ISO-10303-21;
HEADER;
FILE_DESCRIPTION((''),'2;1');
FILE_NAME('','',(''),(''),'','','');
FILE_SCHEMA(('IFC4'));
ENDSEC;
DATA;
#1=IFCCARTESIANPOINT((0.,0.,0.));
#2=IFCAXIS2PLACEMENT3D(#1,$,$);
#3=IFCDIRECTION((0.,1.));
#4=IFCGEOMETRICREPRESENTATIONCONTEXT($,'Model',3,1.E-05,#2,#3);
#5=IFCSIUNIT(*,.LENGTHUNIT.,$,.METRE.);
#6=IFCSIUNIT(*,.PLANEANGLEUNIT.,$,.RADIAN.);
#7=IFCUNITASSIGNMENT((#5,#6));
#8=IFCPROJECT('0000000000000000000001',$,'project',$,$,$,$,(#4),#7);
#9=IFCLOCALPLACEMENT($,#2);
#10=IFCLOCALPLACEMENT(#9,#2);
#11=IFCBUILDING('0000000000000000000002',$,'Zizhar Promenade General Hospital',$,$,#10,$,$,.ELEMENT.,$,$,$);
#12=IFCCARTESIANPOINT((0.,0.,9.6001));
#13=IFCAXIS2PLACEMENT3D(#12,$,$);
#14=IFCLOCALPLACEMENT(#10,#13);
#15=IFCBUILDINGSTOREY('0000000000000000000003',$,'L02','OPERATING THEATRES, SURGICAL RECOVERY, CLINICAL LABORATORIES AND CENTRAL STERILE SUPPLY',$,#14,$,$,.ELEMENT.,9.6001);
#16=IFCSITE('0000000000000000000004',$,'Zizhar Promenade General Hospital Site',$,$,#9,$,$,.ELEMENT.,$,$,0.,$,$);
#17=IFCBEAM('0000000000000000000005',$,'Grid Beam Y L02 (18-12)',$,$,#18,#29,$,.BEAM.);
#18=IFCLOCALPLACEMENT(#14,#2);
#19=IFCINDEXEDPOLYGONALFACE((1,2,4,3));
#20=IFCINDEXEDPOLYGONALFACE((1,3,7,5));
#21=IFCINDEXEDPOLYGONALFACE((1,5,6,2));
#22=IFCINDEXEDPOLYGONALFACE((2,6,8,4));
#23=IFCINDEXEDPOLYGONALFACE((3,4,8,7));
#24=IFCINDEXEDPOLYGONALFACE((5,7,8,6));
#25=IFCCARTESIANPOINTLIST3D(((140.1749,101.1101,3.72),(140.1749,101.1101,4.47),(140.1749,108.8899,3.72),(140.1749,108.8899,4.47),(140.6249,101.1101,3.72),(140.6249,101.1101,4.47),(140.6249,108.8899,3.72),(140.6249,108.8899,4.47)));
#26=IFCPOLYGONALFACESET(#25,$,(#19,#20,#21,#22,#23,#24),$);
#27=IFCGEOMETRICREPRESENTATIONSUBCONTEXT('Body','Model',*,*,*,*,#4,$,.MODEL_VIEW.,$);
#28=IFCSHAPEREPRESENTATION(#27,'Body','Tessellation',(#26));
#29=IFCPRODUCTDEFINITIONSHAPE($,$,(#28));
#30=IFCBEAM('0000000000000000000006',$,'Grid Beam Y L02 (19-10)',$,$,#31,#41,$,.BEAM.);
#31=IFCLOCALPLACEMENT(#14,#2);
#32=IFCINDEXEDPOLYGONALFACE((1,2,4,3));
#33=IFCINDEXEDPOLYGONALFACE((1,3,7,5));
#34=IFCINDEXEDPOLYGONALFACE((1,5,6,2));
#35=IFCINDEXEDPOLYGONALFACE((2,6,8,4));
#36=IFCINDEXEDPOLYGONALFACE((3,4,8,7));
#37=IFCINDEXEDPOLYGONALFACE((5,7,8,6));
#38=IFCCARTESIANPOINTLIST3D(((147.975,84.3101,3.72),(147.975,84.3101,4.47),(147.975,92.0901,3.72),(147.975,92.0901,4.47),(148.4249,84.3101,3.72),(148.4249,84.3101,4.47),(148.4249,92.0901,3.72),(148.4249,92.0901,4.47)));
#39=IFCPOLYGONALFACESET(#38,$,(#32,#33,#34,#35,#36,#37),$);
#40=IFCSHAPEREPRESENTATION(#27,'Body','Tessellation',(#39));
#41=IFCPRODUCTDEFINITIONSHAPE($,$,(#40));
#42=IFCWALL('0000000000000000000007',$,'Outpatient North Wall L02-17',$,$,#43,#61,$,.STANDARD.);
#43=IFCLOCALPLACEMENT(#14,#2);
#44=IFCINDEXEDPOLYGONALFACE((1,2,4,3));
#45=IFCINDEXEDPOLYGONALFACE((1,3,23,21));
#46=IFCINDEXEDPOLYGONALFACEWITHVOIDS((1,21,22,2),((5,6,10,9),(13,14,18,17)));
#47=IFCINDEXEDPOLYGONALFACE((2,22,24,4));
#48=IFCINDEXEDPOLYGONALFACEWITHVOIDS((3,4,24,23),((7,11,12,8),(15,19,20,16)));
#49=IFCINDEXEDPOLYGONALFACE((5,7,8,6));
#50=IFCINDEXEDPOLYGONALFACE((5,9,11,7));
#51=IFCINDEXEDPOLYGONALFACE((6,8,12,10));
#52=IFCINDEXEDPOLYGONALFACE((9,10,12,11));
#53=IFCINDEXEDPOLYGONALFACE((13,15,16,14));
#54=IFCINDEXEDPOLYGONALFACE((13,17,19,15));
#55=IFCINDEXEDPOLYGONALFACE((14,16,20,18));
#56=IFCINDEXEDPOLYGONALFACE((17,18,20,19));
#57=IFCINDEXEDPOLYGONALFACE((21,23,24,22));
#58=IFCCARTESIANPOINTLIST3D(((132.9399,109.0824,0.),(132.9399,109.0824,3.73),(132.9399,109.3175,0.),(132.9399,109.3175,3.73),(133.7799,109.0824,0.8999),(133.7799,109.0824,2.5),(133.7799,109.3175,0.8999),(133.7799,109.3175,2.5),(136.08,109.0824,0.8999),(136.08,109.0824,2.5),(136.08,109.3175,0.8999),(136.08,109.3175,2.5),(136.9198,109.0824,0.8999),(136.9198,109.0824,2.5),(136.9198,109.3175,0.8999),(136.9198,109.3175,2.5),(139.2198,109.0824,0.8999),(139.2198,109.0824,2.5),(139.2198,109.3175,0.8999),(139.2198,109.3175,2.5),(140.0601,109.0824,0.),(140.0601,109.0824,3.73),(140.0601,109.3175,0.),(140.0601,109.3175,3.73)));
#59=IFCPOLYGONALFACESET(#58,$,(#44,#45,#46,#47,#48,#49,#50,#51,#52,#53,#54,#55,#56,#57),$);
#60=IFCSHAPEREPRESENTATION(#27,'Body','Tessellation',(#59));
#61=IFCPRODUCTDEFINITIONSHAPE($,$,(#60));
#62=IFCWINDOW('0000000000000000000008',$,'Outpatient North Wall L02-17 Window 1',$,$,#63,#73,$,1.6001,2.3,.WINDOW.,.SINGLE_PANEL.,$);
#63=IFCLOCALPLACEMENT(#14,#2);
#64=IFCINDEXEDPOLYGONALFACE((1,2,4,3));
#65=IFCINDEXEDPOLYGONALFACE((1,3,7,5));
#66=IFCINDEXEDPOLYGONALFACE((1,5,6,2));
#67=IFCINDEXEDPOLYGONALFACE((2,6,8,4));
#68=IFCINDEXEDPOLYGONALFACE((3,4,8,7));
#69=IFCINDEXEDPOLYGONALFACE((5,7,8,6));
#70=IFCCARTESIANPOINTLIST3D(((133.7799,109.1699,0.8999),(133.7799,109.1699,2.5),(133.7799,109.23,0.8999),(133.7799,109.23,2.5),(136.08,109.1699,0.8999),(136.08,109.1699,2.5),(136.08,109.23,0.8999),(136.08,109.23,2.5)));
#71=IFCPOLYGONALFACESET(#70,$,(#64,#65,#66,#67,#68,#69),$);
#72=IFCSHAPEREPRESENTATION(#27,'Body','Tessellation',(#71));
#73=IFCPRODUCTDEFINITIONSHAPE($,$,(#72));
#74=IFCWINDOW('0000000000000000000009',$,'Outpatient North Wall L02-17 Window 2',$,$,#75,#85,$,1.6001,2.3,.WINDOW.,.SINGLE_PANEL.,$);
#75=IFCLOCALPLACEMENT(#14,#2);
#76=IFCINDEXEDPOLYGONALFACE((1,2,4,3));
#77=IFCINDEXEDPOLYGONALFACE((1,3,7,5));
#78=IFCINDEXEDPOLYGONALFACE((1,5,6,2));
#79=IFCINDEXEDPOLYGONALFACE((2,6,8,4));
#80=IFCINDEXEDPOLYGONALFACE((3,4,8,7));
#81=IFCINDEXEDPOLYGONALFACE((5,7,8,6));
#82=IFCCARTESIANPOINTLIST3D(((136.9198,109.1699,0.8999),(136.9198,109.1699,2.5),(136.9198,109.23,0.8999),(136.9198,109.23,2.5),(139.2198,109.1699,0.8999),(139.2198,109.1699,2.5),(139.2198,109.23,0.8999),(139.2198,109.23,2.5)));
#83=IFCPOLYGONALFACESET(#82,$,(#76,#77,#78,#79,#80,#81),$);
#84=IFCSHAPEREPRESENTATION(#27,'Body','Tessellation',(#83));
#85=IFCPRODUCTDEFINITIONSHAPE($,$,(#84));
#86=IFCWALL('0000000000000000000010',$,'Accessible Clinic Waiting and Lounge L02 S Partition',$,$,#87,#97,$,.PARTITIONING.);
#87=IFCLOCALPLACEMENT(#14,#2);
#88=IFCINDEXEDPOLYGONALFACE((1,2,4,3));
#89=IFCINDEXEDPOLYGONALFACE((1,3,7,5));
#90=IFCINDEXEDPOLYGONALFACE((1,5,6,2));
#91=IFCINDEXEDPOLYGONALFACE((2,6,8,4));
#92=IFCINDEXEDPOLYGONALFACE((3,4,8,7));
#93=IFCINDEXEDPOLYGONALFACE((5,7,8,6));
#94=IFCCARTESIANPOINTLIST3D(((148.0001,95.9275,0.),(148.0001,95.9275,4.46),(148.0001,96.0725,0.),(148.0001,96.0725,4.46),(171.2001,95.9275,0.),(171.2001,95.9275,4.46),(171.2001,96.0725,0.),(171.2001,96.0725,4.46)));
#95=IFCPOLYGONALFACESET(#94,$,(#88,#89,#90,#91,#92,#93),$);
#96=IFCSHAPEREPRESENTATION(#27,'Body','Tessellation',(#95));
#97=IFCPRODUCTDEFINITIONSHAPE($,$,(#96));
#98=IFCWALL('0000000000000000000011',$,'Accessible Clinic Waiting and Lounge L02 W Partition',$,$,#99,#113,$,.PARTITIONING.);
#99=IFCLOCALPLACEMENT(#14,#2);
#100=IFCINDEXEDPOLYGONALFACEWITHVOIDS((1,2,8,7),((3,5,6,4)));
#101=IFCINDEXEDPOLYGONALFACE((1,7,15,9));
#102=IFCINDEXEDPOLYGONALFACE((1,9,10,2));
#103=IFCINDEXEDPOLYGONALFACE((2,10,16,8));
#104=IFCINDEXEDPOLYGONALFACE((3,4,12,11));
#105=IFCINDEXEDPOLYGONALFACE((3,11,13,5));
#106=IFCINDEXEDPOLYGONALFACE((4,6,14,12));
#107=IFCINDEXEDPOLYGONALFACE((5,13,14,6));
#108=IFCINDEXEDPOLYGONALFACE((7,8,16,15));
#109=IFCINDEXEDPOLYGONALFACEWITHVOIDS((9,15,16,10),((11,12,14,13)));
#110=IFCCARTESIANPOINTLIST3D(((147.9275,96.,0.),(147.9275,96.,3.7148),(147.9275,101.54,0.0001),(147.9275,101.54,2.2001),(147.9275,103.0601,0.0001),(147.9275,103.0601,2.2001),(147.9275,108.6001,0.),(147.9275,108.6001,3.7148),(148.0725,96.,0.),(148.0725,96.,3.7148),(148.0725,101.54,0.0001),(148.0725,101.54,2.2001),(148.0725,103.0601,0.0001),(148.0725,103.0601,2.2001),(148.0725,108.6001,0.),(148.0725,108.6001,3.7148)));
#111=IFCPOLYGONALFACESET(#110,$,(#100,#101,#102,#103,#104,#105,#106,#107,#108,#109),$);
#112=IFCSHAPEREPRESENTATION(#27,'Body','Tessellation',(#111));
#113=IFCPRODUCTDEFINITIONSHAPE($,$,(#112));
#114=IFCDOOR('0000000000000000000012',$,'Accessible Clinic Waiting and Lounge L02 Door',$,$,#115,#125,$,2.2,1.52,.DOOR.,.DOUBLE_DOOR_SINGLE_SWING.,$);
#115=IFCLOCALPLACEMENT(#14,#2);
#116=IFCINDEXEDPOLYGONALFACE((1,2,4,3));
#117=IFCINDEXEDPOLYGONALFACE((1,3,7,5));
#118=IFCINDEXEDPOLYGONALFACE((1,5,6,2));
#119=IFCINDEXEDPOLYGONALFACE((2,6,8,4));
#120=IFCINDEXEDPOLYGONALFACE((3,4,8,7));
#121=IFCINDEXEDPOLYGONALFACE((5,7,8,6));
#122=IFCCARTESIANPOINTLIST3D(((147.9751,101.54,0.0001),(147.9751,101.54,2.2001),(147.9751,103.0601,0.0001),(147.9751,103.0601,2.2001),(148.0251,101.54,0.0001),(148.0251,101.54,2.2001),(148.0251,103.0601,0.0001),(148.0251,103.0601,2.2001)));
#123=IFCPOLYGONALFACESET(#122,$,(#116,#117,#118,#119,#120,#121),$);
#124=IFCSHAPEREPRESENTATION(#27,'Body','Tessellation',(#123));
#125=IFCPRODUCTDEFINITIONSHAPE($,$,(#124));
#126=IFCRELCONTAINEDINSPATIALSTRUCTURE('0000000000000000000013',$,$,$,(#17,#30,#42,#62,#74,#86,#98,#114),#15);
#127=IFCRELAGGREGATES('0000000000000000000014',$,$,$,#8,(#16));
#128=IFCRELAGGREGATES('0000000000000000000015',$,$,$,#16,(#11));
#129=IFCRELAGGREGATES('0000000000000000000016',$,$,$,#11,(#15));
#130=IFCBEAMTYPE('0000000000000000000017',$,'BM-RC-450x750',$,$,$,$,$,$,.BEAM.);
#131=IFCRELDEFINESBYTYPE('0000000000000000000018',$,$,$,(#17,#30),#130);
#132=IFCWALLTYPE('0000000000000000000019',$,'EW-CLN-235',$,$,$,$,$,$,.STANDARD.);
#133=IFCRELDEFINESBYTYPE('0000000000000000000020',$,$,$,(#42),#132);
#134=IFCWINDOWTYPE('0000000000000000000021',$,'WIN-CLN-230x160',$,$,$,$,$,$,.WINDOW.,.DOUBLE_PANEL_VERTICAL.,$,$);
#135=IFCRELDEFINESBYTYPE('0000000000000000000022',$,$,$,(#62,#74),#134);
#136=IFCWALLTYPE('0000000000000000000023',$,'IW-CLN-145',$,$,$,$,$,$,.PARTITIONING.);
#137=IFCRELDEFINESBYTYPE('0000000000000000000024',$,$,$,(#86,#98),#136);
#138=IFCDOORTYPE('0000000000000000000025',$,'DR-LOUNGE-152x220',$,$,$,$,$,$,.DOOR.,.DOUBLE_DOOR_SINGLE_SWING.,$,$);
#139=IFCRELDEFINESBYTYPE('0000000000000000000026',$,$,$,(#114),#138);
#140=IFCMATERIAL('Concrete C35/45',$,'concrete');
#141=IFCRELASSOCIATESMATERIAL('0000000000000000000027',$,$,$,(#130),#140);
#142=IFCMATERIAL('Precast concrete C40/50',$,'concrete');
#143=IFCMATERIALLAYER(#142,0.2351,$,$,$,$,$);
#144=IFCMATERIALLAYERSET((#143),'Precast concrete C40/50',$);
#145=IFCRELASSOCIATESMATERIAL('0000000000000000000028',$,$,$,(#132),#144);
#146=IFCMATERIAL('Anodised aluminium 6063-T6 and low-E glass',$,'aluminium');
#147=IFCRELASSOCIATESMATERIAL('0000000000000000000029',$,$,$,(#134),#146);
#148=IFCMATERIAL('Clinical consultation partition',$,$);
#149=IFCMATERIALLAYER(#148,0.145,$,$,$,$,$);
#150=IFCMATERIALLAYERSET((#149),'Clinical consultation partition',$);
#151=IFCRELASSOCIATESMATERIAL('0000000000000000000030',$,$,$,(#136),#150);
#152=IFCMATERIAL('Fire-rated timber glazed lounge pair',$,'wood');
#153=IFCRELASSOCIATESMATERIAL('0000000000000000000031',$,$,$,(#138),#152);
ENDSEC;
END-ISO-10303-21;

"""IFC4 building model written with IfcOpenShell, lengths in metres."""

from ifc_helpers import new_model, si_unit, direction, frame, frame_2d, origin, origin_2d, place, context, subcontext, project, spatial, rectangle, extrude, material, layer, layer_set, material_profile, profile_set, type_object, element, fill, save


model = new_model("IFC4")

# Units and contexts
model_context = context("Model", 3, precision=1e-05, world=origin(), true_north=direction((0.0, 1.0)))
body_context = subcontext(model_context, "Body", "Model", "MODEL_VIEW")
ifc_project = project(units=[si_unit("LENGTHUNIT", "METRE"), si_unit("PLANEANGLEUNIT", "RADIAN")], contexts=[model_context])

# Site, building, storey
site_placement = place(None, origin())
site = spatial("IfcSite", under=ifc_project, at=site_placement, Name="Zizhar Promenade General Hospital Site", CompositionType="ELEMENT", RefElevation=0.0)
building_placement = place(site_placement, origin())
building = spatial("IfcBuilding", under=site, at=building_placement, Name="Zizhar Promenade General Hospital", CompositionType="ELEMENT")
storey_placement = place(building_placement, frame((0.0, 0.0, 9.6001)))
storey = spatial("IfcBuildingStorey", under=building, at=storey_placement, Name="L02", Description="OPERATING THEATRES, SURGICAL RECOVERY, CLINICAL LABORATORIES AND CENTRAL STERILE SUPPLY", CompositionType="ELEMENT", Elevation=9.6001)

# Beams
ifc_material_1 = material(Name="Concrete C35/45", Category="concrete")
ifc_material_profile_1 = material_profile(ifc_material_1, rectangle(XDim=0.45, YDim=0.75, at=origin_2d()))
ifc_profile_set_1 = profile_set([ifc_material_profile_1], Name="Concrete C35/45")
beam_type_1 = type_object("IfcBeamType", Name="BM-RC-450x750", PredefinedType="BEAM", material=ifc_profile_set_1)
beam_1_placement = place(storey_placement, frame((140.3999, 101.1101, 4.095), z_axis=(0.0, 1.0, 0.0), x_axis=(-1.0, 0.0, 0.0)))
element("IfcBeam", 1, at=beam_1_placement, inside=storey, type_object=beam_type_1, Name="Grid Beam Y L02 (18-12)", PredefinedType="BEAM", context=body_context, shape_type="SweptSolid", body=[
    extrude(rectangle(XDim=0.45, YDim=0.75, at=origin_2d()), origin(), (0.0, 0.0, 1.0), 7.7798),
])
beam_2_placement = place(storey_placement, frame((148.2, 84.3101, 4.095), z_axis=(0.0, 1.0, 0.0), x_axis=(-1.0, 0.0, 0.0)))
element("IfcBeam", 2, at=beam_2_placement, inside=storey, type_object=beam_type_1, Name="Grid Beam Y L02 (19-10)", PredefinedType="BEAM", context=body_context, shape_type="SweptSolid", body=[
    extrude(rectangle(XDim=0.45, YDim=0.75, at=origin_2d()), origin(), (0.0, 0.0, 1.0), 7.78),
])

# Wall, openings, windows
ifc_material_2 = material(Name="Precast concrete C40/50", Category="concrete")
ifc_layer_1 = layer(ifc_material_2, 0.2351)
ifc_layer_set_1 = layer_set([ifc_layer_1], Name="Precast concrete C40/50")
wall_type_1 = type_object("IfcWallType", Name="EW-CLN-235", PredefinedType="STANDARD", material=ifc_layer_set_1)
wall_1_placement = place(storey_placement, frame((132.9399, 109.2, 0.0), z_axis=(0.0, 0.0, 1.0), x_axis=(1.0, 0.0, 0.0)))
wall_1 = element("IfcWall", 3, at=wall_1_placement, inside=storey, type_object=wall_type_1, Name="Outpatient North Wall L02-17", PredefinedType="STANDARD", context=body_context, shape_type="SweptSolid", body=[
    extrude(rectangle(XDim=7.1201, YDim=0.2351, at=frame_2d((3.5601, 0.0))), origin(), (0.0, 0.0, 1.0), 3.73),
])
opening_1_placement = place(wall_1_placement, frame((0.8401, 0.0, 0.8999)))
opening_1 = element("IfcOpeningElement", 4, at=opening_1_placement, cuts=wall_1, PredefinedType="OPENING", context=body_context, shape_type="SweptSolid", body=[
    extrude(rectangle(XDim=2.3, YDim=1.6001, at=frame_2d((1.1499, 0.8))), frame((0.0, 0.1274, 0.0), z_axis=(0.0, -1.0, 0.0), x_axis=(1.0, 0.0, 0.0)), (0.0, 0.0, 1.0), 0.2551),
])
opening_2_placement = place(wall_1_placement, frame((3.98, 0.0, 0.8999)))
opening_2 = element("IfcOpeningElement", 5, at=opening_2_placement, cuts=wall_1, PredefinedType="OPENING", context=body_context, shape_type="SweptSolid", body=[
    extrude(rectangle(XDim=2.3, YDim=1.6001, at=frame_2d((1.1499, 0.8))), frame((0.0, 0.1274, 0.0), z_axis=(0.0, -1.0, 0.0), x_axis=(1.0, 0.0, 0.0)), (0.0, 0.0, 1.0), 0.2551),
])
ifc_material_3 = material(Name="Anodised aluminium 6063-T6 and low-E glass", Category="aluminium")
window_type = type_object("IfcWindowType", Name="WIN-CLN-230x160", PartitioningType="DOUBLE_PANEL_VERTICAL", PredefinedType="WINDOW", material=ifc_material_3)
window_1_placement = place(opening_1_placement, origin())
window_1 = element("IfcWindow", 6, at=window_1_placement, inside=storey, type_object=window_type, Name="Outpatient North Wall L02-17 Window 1", OverallHeight=1.6001, OverallWidth=2.3, PartitioningType="SINGLE_PANEL", PredefinedType="WINDOW", context=body_context, shape_type="SweptSolid", body=[
    extrude(rectangle(XDim=2.3, YDim=1.6001, at=frame_2d((1.1499, 0.8))), frame((0.0, 0.03, 0.0), z_axis=(0.0, -1.0, 0.0), x_axis=(1.0, 0.0, 0.0)), (0.0, 0.0, 1.0), 0.0601),
])
fill(opening_1, window_1)
window_2_placement = place(opening_2_placement, origin())
window_2 = element("IfcWindow", 7, at=window_2_placement, inside=storey, type_object=window_type, Name="Outpatient North Wall L02-17 Window 2", OverallHeight=1.6001, OverallWidth=2.3, PartitioningType="SINGLE_PANEL", PredefinedType="WINDOW", context=body_context, shape_type="SweptSolid", body=[
    extrude(rectangle(XDim=2.3, YDim=1.6001, at=frame_2d((1.1499, 0.8))), frame((0.0, 0.03, 0.0), z_axis=(0.0, -1.0, 0.0), x_axis=(1.0, 0.0, 0.0)), (0.0, 0.0, 1.0), 0.0601),
])
fill(opening_2, window_2)

# Wall
ifc_material_4 = material(Name="Clinical consultation partition")
ifc_layer_2 = layer(ifc_material_4, 0.145)
ifc_layer_set_2 = layer_set([ifc_layer_2], Name="Clinical consultation partition")
wall_type_2 = type_object("IfcWallType", Name="IW-CLN-145", PredefinedType="PARTITIONING", material=ifc_layer_set_2)
wall_2_placement = place(storey_placement, frame((148.0, 96.0, 0.0), z_axis=(0.0, 0.0, 1.0), x_axis=(1.0, 0.0, 0.0)))
element("IfcWall", 8, at=wall_2_placement, inside=storey, type_object=wall_type_2, Name="Accessible Clinic Waiting and Lounge L02 S Partition", PredefinedType="PARTITIONING", context=body_context, shape_type="SweptSolid", body=[
    extrude(rectangle(XDim=23.2, YDim=0.145, at=frame_2d((11.6001, 0.0))), origin(), (0.0, 0.0, 1.0), 4.46),
])

# Wall, opening, door
wall_3_placement = place(storey_placement, frame((148.0, 96.0, 0.0), z_axis=(0.0, 0.0, 1.0), x_axis=(0.0, 1.0, 0.0)))
wall_3 = element("IfcWall", 9, at=wall_3_placement, inside=storey, type_object=wall_type_2, Name="Accessible Clinic Waiting and Lounge L02 W Partition", PredefinedType="PARTITIONING", context=body_context, shape_type="SweptSolid", body=[
    extrude(rectangle(XDim=12.6001, YDim=0.145, at=frame_2d((6.3, 0.0))), origin(), (0.0, 0.0, 1.0), 3.7148),
])
opening_3_placement = place(wall_3_placement, frame((5.54, 0.0, 0.0)))
opening_3 = element("IfcOpeningElement", 10, at=opening_3_placement, cuts=wall_3, PredefinedType="OPENING", context=body_context, shape_type="SweptSolid", body=[
    extrude(rectangle(XDim=1.52, YDim=2.2, at=frame_2d((0.76, 1.1001))), frame((0.0, 0.0825, 0.0), z_axis=(0.0, -1.0, 0.0), x_axis=(1.0, 0.0, 0.0)), (0.0, 0.0, 1.0), 0.165),
])
ifc_material_5 = material(Name="Fire-rated timber glazed lounge pair", Category="wood")
door_type = type_object("IfcDoorType", Name="DR-LOUNGE-152x220", OperationType="DOUBLE_DOOR_SINGLE_SWING", PredefinedType="DOOR", material=ifc_material_5)
door_placement = place(opening_3_placement, origin())
door = element("IfcDoor", 11, at=door_placement, inside=storey, type_object=door_type, Name="Accessible Clinic Waiting and Lounge L02 Door", OperationType="DOUBLE_DOOR_SINGLE_SWING", OverallHeight=2.2, OverallWidth=1.52, PredefinedType="DOOR", context=body_context, shape_type="SweptSolid", body=[
    extrude(rectangle(XDim=1.52, YDim=2.2, at=frame_2d((0.76, 1.1001))), frame((0.0, 0.0249, 0.0), z_axis=(0.0, -1.0, 0.0), x_axis=(1.0, 0.0, 0.0)), (0.0, 0.0, 1.0), 0.05),
])
fill(opening_3, door)

save(model, "model.ifc")
